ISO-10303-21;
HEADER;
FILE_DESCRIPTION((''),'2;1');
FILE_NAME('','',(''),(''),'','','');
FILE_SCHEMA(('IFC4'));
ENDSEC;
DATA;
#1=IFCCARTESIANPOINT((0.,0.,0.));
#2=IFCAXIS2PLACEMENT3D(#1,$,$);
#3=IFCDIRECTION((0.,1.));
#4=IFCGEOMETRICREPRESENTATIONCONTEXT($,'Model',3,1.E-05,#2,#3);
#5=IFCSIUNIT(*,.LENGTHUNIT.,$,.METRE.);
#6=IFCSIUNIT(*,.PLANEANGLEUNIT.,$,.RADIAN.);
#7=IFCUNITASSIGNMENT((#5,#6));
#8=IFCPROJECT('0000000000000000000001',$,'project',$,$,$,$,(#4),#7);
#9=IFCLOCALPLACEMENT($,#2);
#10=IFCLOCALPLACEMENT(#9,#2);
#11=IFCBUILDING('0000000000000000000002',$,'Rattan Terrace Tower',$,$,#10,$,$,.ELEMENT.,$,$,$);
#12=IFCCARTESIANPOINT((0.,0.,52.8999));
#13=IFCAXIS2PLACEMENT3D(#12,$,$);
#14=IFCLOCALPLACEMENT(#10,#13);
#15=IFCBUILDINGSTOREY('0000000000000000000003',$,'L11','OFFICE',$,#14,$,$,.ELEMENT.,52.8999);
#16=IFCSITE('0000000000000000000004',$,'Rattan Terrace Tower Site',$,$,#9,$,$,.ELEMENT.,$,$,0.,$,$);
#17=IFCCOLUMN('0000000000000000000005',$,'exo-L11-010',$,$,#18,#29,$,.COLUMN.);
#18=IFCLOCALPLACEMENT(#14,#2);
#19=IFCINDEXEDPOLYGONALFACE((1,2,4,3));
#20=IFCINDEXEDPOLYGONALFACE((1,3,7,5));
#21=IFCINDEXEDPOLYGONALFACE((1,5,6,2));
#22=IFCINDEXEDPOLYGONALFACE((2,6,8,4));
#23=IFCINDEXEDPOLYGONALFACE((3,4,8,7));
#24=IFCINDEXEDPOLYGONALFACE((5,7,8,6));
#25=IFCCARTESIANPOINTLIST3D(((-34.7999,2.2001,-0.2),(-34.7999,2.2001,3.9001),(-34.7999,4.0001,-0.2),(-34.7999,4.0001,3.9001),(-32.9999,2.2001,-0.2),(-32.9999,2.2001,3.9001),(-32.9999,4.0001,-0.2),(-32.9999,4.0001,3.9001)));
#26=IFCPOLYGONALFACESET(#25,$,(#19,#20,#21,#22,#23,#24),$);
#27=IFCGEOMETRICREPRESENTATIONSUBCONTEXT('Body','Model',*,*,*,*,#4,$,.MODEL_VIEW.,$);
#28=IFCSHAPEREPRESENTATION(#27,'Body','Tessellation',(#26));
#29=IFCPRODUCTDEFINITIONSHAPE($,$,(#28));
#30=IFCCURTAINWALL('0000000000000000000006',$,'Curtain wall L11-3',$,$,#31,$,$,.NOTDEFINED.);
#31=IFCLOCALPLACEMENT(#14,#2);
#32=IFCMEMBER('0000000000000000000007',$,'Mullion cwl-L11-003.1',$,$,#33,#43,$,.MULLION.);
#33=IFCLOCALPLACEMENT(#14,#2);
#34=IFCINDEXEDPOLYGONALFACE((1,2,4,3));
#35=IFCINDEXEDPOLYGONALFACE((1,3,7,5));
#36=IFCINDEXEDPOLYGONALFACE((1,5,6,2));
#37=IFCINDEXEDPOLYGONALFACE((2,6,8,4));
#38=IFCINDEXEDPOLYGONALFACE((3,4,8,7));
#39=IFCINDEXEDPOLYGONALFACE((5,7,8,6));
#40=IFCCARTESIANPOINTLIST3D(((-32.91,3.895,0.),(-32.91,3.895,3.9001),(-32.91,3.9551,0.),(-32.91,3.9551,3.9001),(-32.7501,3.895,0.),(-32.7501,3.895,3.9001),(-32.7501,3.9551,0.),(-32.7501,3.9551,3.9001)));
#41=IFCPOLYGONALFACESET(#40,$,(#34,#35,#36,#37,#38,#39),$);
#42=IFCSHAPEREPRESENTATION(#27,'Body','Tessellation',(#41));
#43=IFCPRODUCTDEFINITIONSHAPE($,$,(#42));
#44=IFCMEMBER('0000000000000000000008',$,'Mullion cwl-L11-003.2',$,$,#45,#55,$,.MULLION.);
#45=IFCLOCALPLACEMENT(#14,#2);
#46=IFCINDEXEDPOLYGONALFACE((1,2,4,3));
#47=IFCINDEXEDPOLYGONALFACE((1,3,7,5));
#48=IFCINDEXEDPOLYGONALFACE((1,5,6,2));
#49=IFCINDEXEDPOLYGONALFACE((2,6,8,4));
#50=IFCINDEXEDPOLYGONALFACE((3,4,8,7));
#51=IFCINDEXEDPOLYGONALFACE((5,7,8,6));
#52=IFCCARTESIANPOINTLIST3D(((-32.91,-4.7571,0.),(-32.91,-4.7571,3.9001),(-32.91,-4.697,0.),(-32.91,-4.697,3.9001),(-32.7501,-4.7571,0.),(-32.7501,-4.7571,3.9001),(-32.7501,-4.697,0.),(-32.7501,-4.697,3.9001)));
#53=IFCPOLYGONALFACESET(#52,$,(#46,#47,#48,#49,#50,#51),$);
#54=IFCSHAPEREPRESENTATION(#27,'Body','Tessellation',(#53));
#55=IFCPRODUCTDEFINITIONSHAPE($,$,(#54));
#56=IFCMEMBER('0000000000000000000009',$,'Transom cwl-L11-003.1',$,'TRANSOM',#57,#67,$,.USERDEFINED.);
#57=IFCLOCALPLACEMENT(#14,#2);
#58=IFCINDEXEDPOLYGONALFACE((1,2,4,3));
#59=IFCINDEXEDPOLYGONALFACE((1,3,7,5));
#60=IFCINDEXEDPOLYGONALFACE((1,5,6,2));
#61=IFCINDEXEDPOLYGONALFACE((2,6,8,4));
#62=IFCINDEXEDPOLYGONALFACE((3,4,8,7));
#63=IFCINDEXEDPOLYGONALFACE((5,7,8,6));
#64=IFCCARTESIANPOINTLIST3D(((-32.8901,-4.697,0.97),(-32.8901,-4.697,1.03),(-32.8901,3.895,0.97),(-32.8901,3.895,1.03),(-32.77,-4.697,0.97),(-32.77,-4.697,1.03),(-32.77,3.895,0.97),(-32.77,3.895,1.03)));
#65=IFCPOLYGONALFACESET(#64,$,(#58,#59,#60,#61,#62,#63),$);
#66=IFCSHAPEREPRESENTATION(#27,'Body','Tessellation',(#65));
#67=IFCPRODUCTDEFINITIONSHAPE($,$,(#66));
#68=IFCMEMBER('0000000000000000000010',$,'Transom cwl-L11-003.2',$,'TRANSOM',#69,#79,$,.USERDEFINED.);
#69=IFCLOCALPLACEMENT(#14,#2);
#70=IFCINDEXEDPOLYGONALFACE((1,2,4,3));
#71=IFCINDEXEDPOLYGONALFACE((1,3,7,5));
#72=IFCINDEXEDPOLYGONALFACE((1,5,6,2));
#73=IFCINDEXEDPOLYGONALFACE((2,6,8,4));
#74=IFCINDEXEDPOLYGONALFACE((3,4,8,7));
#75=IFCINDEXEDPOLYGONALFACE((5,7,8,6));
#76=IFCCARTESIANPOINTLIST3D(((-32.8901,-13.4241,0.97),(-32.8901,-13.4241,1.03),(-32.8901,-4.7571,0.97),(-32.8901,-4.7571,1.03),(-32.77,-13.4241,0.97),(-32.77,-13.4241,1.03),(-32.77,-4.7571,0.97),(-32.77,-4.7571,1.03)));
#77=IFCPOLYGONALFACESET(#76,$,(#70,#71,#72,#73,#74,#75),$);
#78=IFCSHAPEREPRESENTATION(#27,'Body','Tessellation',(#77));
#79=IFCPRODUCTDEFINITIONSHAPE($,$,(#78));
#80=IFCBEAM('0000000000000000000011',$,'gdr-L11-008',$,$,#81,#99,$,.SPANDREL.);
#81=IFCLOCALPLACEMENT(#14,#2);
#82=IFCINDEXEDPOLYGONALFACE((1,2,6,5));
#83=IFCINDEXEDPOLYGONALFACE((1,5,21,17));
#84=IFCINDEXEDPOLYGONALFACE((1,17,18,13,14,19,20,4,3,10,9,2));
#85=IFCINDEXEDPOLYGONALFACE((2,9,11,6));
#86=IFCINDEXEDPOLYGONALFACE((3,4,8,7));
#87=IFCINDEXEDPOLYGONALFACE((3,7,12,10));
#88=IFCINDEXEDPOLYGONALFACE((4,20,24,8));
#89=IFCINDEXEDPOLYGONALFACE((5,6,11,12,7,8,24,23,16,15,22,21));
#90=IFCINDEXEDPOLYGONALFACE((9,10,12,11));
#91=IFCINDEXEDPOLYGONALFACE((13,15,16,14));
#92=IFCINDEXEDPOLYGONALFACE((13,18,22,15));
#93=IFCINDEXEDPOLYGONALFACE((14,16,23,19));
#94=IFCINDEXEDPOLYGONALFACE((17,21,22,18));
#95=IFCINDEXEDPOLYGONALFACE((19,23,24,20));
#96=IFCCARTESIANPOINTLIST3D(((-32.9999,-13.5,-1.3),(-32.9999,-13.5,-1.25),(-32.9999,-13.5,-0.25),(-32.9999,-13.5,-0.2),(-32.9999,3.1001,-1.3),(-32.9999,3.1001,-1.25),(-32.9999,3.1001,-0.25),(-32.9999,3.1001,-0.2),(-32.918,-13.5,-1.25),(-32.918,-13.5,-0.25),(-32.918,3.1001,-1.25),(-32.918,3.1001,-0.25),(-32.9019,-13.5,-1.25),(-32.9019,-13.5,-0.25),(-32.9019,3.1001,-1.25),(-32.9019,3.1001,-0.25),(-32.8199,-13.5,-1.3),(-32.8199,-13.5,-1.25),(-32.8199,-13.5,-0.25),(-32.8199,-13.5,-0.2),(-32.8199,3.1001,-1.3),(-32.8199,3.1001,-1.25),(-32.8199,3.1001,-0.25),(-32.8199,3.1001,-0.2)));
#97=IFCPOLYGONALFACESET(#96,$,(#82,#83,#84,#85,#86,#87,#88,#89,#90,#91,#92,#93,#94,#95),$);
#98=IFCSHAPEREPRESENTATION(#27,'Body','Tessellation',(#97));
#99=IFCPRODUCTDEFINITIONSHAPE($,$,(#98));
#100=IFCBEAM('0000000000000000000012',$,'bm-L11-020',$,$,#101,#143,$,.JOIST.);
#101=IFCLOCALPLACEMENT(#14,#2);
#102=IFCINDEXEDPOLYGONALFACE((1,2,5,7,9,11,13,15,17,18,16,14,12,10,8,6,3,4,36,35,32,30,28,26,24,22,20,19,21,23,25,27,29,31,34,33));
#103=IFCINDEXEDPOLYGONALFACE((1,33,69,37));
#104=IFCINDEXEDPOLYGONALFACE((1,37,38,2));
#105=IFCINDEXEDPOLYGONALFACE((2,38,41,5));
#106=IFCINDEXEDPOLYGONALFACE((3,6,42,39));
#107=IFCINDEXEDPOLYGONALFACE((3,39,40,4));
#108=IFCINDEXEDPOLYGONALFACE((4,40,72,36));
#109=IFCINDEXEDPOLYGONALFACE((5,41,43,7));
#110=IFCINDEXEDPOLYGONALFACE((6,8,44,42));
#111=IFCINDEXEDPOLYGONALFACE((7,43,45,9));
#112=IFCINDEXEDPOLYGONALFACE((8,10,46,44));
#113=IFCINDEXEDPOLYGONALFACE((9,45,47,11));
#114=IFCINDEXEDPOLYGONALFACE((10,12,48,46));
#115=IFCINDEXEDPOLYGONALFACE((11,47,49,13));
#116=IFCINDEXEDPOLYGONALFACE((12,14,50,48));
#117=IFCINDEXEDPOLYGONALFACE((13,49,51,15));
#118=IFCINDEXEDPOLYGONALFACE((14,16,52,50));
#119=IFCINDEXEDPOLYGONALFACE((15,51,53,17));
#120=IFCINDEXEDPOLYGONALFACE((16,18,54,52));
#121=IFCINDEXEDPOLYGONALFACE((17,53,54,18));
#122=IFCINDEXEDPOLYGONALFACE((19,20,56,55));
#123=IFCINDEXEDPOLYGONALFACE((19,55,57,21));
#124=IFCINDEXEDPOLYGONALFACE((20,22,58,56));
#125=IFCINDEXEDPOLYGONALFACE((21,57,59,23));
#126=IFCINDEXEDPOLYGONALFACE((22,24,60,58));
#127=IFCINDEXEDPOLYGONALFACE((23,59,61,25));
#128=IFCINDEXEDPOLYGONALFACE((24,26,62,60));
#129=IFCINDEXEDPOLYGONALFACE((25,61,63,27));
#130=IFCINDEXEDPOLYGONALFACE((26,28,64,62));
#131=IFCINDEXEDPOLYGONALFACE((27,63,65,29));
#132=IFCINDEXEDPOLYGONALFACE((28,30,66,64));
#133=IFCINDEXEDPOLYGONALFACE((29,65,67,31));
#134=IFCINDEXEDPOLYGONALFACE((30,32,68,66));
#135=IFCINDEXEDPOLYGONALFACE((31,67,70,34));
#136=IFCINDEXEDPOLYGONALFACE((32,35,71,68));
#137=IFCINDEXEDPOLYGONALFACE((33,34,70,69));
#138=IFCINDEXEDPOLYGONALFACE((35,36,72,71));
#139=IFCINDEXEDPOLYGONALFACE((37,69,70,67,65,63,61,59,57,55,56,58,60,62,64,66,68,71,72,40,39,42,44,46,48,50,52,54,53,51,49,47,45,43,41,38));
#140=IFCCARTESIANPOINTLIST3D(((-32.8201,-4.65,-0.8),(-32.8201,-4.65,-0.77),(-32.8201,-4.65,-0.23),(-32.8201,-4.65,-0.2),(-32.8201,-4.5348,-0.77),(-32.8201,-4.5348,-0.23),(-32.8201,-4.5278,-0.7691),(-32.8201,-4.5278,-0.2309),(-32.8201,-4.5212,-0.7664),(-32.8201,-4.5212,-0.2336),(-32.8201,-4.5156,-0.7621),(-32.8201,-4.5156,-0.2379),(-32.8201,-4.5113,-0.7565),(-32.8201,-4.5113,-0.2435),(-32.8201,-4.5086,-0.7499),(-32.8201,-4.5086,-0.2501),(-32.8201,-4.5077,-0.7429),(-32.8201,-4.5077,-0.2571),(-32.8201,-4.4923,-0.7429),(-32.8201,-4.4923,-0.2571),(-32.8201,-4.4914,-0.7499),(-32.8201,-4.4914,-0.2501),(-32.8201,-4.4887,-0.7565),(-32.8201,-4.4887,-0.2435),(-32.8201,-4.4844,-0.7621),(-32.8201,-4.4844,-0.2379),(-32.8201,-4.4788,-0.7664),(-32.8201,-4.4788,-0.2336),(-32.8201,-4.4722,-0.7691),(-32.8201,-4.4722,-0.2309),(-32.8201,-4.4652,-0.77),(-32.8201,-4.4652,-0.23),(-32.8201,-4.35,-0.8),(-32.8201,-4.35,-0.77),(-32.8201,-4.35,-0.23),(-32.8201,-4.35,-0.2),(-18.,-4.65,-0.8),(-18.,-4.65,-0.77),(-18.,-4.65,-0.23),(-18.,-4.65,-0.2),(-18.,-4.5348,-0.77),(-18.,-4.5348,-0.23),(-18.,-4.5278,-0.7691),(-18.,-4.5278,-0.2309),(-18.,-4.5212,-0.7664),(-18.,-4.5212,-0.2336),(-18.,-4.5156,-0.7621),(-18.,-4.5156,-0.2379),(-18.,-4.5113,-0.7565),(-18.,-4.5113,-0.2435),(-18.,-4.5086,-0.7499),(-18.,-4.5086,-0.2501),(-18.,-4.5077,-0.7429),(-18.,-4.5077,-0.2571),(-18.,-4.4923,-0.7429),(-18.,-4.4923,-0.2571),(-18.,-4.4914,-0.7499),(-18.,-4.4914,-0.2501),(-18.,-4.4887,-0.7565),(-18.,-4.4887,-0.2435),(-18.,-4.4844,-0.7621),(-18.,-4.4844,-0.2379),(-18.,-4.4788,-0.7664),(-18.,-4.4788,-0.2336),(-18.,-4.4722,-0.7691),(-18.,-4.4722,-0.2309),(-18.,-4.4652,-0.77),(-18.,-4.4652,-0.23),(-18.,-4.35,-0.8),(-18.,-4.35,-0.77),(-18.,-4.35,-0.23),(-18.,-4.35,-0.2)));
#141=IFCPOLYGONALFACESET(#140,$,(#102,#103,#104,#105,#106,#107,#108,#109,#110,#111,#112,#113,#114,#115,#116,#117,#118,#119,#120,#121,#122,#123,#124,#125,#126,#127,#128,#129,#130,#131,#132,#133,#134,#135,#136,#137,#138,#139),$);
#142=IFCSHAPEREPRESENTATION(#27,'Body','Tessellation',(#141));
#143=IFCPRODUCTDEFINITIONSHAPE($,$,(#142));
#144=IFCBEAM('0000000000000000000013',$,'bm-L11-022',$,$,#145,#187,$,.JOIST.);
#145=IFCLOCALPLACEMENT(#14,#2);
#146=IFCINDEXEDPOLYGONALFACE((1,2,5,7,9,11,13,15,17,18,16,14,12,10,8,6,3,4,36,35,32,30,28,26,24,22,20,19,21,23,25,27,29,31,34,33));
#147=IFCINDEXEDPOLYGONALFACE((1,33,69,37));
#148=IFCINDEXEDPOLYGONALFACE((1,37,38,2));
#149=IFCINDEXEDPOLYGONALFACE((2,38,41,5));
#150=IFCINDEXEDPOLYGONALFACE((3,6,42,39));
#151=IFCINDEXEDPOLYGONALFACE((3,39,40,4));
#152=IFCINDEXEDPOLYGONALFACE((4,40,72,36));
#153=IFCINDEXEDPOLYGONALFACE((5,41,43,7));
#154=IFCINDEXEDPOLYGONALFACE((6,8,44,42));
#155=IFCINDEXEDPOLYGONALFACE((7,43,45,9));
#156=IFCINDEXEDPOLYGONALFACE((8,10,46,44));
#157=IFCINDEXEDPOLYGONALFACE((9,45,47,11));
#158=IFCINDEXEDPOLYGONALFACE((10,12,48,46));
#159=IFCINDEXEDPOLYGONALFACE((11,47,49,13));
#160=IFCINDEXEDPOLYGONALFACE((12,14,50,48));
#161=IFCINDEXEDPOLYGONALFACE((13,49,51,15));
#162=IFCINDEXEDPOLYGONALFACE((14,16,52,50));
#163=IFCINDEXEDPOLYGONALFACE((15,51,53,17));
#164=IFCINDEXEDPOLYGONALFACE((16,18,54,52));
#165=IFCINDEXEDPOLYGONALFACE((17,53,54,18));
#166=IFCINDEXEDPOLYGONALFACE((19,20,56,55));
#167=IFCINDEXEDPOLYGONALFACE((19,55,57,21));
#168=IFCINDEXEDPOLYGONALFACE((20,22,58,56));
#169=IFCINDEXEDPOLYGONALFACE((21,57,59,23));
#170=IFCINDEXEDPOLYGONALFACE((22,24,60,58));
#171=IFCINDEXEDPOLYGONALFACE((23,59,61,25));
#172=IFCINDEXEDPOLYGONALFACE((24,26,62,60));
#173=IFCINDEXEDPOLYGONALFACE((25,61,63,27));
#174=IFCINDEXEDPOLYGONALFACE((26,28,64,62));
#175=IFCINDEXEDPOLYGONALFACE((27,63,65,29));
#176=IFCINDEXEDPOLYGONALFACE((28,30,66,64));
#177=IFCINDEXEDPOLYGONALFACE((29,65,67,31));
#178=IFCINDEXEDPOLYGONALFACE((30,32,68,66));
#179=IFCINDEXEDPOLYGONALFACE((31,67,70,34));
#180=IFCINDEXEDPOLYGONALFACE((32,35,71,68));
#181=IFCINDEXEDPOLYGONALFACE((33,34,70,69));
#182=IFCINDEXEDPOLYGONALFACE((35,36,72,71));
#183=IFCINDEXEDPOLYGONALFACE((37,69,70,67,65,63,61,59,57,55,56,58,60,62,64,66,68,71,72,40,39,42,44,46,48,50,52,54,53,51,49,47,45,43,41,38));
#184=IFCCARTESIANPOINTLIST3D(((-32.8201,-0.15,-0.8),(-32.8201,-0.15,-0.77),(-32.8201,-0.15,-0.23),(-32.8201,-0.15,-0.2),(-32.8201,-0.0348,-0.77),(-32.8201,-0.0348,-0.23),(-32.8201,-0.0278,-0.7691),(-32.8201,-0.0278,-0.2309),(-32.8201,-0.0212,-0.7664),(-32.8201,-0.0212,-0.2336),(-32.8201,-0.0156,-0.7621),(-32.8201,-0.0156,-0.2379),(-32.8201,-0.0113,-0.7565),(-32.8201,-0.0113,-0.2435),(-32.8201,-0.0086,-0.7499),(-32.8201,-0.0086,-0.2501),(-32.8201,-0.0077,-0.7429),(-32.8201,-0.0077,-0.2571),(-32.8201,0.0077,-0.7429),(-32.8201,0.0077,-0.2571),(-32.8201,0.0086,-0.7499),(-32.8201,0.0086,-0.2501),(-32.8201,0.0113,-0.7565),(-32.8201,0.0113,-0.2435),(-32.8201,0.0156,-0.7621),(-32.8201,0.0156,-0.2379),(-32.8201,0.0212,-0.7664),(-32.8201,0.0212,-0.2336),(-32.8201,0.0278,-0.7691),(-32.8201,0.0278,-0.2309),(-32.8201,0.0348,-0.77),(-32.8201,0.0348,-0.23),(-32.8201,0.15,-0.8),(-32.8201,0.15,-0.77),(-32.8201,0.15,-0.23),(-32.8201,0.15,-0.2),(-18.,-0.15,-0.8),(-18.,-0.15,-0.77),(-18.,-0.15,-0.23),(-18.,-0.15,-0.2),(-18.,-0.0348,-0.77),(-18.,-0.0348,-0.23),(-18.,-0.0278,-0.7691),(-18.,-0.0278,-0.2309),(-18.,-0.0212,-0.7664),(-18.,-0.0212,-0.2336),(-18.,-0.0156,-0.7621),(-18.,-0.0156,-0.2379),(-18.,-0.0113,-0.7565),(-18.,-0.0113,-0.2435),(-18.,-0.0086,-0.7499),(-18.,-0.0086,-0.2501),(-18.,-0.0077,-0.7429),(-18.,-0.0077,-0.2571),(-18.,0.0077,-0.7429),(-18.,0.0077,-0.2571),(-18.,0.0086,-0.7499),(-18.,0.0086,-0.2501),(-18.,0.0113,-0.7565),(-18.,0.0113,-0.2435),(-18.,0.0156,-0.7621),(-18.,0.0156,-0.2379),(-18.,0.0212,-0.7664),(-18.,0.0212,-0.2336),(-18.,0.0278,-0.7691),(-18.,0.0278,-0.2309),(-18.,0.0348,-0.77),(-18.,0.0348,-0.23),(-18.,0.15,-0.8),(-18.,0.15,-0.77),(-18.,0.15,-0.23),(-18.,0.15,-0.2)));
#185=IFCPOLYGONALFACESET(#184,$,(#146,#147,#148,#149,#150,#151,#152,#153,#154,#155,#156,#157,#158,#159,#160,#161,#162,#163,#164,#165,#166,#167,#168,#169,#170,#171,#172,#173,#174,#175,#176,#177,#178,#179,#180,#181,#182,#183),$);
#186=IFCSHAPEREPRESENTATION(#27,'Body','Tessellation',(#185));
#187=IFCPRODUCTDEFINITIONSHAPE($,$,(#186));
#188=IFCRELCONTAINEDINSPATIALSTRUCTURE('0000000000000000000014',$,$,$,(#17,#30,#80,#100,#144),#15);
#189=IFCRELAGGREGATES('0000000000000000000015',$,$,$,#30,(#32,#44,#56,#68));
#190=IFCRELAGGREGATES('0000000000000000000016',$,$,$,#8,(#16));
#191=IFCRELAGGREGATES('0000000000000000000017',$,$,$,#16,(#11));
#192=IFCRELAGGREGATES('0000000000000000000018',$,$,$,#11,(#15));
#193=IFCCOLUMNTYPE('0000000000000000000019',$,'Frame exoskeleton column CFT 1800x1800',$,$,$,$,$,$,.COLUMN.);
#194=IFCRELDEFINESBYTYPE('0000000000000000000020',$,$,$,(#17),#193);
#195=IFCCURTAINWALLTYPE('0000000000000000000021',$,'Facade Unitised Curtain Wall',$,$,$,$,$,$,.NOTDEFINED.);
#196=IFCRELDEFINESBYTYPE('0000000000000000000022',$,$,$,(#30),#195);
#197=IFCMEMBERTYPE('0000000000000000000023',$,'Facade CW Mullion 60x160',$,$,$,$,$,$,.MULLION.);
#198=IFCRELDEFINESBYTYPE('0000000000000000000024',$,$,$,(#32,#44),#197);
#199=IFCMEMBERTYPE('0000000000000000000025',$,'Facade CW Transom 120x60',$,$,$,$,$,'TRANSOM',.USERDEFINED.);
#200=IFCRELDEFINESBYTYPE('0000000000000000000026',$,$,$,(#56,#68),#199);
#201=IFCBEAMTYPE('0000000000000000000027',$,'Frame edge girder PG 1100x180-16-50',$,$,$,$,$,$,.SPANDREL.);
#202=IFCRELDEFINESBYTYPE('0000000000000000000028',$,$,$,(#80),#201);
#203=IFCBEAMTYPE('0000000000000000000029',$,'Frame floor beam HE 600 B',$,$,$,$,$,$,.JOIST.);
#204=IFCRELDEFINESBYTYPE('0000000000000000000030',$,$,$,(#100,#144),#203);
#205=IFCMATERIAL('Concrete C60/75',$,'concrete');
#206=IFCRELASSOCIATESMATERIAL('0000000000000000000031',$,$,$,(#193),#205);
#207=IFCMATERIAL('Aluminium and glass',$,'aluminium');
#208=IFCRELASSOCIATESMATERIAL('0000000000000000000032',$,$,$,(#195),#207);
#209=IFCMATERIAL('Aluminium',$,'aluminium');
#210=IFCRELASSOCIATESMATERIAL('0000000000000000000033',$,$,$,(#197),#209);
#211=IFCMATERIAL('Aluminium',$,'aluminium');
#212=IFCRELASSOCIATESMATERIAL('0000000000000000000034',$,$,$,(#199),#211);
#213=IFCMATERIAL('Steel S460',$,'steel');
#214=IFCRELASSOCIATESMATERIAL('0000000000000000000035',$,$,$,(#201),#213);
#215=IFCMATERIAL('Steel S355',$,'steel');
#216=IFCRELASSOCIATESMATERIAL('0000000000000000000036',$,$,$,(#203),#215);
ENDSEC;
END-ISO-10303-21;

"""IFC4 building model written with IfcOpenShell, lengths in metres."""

from ifc_helpers import new_model, si_unit, direction, frame, origin, origin_2d, place, context, subcontext, project, spatial, rectangle, i_section, extrude, material, material_profile, profile_set, type_object, element, aggregate, save


model = new_model("IFC4")

# Units and contexts
model_context = context("Model", 3, precision=1e-05, world=origin(), true_north=direction((0.0, 1.0)))
body_context = subcontext(model_context, "Body", "Model", "MODEL_VIEW")
ifc_project = project(units=[si_unit("LENGTHUNIT", "METRE"), si_unit("PLANEANGLEUNIT", "RADIAN")], contexts=[model_context])

# Site, building, storey
site_placement = place(None, origin())
site = spatial("IfcSite", under=ifc_project, at=site_placement, Name="Rattan Terrace Tower Site", CompositionType="ELEMENT", RefElevation=0.0)
building_placement = place(site_placement, origin())
building = spatial("IfcBuilding", under=site, at=building_placement, Name="Rattan Terrace Tower", CompositionType="ELEMENT")
storey_placement = place(building_placement, frame((0.0, 0.0, 52.8999)))
storey = spatial("IfcBuildingStorey", under=building, at=storey_placement, Name="L11", Description="OFFICE", CompositionType="ELEMENT", Elevation=52.8999)

# Column
ifc_material_1 = material(Name="Concrete C60/75", Category="concrete")
ifc_material_profile_1 = material_profile(ifc_material_1, rectangle(XDim=1.8, YDim=1.8, at=origin_2d()), Name="CFT 1800x1800")
ifc_profile_set_1 = profile_set([ifc_material_profile_1], Name="Concrete C60/75")
column_type = type_object("IfcColumnType", Name="Frame exoskeleton column CFT 1800x1800", PredefinedType="COLUMN", material=ifc_profile_set_1)
column_placement = place(storey_placement, frame((-33.8999, 3.1001, -0.2), z_axis=(0.0, 0.0, 1.0), x_axis=(0.0, 1.0, 0.0)))
element("IfcColumn", 1, at=column_placement, inside=storey, type_object=column_type, Name="exo-L11-010", PredefinedType="COLUMN", context=body_context, shape_type="SweptSolid", body=[
    extrude(rectangle(XDim=1.8, YDim=1.8, at=origin_2d()), origin(), (0.0, 0.0, 1.0), 4.1001),
])

# Curtain wall, members
ifc_material_2 = material(Name="Aluminium and glass", Category="aluminium")
curtain_wall_type = type_object("IfcCurtainWallType", Name="Facade Unitised Curtain Wall", PredefinedType="NOTDEFINED", material=ifc_material_2)
curtain_wall_placement = place(storey_placement, origin())
curtain_wall = element("IfcCurtainWall", 2, at=curtain_wall_placement, inside=storey, type_object=curtain_wall_type, Name="Curtain wall L11-3", PredefinedType="NOTDEFINED")
ifc_material_3 = material(Name="Aluminium", Category="aluminium")
ifc_material_profile_2 = material_profile(ifc_material_3, rectangle(XDim=0.0601, YDim=0.1599, at=origin_2d()), Name="Aluminium 60x160")
ifc_profile_set_2 = profile_set([ifc_material_profile_2], Name="Aluminium")
member_type_1 = type_object("IfcMemberType", Name="Facade CW Mullion 60x160", PredefinedType="MULLION", material=ifc_profile_set_2)
member_1_placement = place(storey_placement, frame((-32.8301, 3.925, 0.0), z_axis=(0.0, 0.0, 1.0), x_axis=(0.0, -1.0, 0.0)))
member_1 = element("IfcMember", 3, at=member_1_placement, type_object=member_type_1, Name="Mullion cwl-L11-003.1", PredefinedType="MULLION", context=body_context, shape_type="SweptSolid", body=[
    extrude(rectangle(XDim=0.0601, YDim=0.1599, at=origin_2d()), origin(), (0.0, 0.0, 1.0), 3.9001),
])
member_2_placement = place(storey_placement, frame((-32.8301, -4.7271, 0.0), z_axis=(0.0, 0.0, 1.0), x_axis=(0.0, -1.0, 0.0)))
member_2 = element("IfcMember", 4, at=member_2_placement, type_object=member_type_1, Name="Mullion cwl-L11-003.2", PredefinedType="MULLION", context=body_context, shape_type="SweptSolid", body=[
    extrude(rectangle(XDim=0.0601, YDim=0.1599, at=origin_2d()), origin(), (0.0, 0.0, 1.0), 3.9001),
])
ifc_material_4 = material(Name="Aluminium", Category="aluminium")
ifc_material_profile_3 = material_profile(ifc_material_4, rectangle(XDim=0.1201, YDim=0.0601, at=origin_2d()), Name="Aluminium 120x60")
ifc_profile_set_3 = profile_set([ifc_material_profile_3], Name="Aluminium")
member_type_2 = type_object("IfcMemberType", Name="Facade CW Transom 120x60", ElementType="TRANSOM", PredefinedType="USERDEFINED", material=ifc_profile_set_3)
member_3_placement = place(storey_placement, frame((-32.8301, 3.895, 1.0), z_axis=(0.0, -1.0, 0.0), x_axis=(1.0, 0.0, 0.0)))
member_3 = element("IfcMember", 5, at=member_3_placement, type_object=member_type_2, Name="Transom cwl-L11-003.1", ObjectType="TRANSOM", PredefinedType="USERDEFINED", context=body_context, shape_type="SweptSolid", body=[
    extrude(rectangle(XDim=0.1201, YDim=0.0601, at=origin_2d()), origin(), (0.0, 0.0, 1.0), 8.592),
])
member_4_placement = place(storey_placement, frame((-32.8301, -4.7571, 1.0), z_axis=(0.0, -1.0, 0.0), x_axis=(1.0, 0.0, 0.0)))
member_4 = element("IfcMember", 6, at=member_4_placement, type_object=member_type_2, Name="Transom cwl-L11-003.2", ObjectType="TRANSOM", PredefinedType="USERDEFINED", context=body_context, shape_type="SweptSolid", body=[
    extrude(rectangle(XDim=0.1201, YDim=0.0601, at=origin_2d()), origin(), (0.0, 0.0, 1.0), 8.667),
])

# Beams
ifc_material_5 = material(Name="Steel S460", Category="steel")
ifc_material_profile_4 = material_profile(ifc_material_5, i_section(OverallWidth=0.1799, OverallDepth=1.1001, WebThickness=0.0161, FlangeThickness=0.05, at=origin_2d()), Name="PG 1100x180-16-50")
ifc_profile_set_4 = profile_set([ifc_material_profile_4], Name="Steel S460")
beam_type_1 = type_object("IfcBeamType", Name="Frame edge girder PG 1100x180-16-50", PredefinedType="SPANDREL", material=ifc_profile_set_4)
beam_placement = place(storey_placement, frame((-32.9099, 3.1001, -0.75), z_axis=(0.0, -1.0, 0.0), x_axis=(1.0, 0.0, 0.0)))
element("IfcBeam", 7, at=beam_placement, inside=storey, type_object=beam_type_1, Name="gdr-L11-008", PredefinedType="SPANDREL", context=body_context, shape_type="SweptSolid", body=[
    extrude(i_section(OverallWidth=0.1799, OverallDepth=1.1001, WebThickness=0.0161, FlangeThickness=0.05, at=origin_2d()), origin(), (0.0, 0.0, 1.0), 16.6001),
])
ifc_material_6 = material(Name="Steel S355", Category="steel")
ifc_material_profile_5 = material_profile(ifc_material_6, i_section(OverallWidth=0.3, OverallDepth=0.6001, WebThickness=0.0154, FlangeThickness=0.03, FilletRadius=0.0271, at=origin_2d()), Name="HE 600 B")
ifc_profile_set_5 = profile_set([ifc_material_profile_5], Name="Steel S355")
beam_type_2 = type_object("IfcBeamType", Name="Frame floor beam HE 600 B", PredefinedType="JOIST", material=ifc_profile_set_5)
for number, where, z_axis, x_axis, name in (
    (8, (-32.8201, -4.5, -0.5), (1.0, 0.0, 0.0), (0.0, 1.0, 0.0), "bm-L11-020"),
    (9, (-32.8201, 0.0, -0.5), (1.0, 0.0, 0.0), (0.0, 1.0, 0.0), "bm-L11-022"),
):
    element("IfcBeam", number, at=place(storey_placement, frame(where, z_axis=z_axis, x_axis=x_axis)), inside=storey, type_object=beam_type_2, Name=name, PredefinedType="JOIST", context=body_context, shape_type="SweptSolid", body=[
        extrude(i_section(OverallWidth=0.3, OverallDepth=0.6001, WebThickness=0.0154, FlangeThickness=0.03, FilletRadius=0.0271, at=origin_2d()), origin(), (0.0, 0.0, 1.0), 14.8201),
    ])

aggregate(curtain_wall, [member_1, member_2, member_3, member_4])

save(model, "model.ifc")
